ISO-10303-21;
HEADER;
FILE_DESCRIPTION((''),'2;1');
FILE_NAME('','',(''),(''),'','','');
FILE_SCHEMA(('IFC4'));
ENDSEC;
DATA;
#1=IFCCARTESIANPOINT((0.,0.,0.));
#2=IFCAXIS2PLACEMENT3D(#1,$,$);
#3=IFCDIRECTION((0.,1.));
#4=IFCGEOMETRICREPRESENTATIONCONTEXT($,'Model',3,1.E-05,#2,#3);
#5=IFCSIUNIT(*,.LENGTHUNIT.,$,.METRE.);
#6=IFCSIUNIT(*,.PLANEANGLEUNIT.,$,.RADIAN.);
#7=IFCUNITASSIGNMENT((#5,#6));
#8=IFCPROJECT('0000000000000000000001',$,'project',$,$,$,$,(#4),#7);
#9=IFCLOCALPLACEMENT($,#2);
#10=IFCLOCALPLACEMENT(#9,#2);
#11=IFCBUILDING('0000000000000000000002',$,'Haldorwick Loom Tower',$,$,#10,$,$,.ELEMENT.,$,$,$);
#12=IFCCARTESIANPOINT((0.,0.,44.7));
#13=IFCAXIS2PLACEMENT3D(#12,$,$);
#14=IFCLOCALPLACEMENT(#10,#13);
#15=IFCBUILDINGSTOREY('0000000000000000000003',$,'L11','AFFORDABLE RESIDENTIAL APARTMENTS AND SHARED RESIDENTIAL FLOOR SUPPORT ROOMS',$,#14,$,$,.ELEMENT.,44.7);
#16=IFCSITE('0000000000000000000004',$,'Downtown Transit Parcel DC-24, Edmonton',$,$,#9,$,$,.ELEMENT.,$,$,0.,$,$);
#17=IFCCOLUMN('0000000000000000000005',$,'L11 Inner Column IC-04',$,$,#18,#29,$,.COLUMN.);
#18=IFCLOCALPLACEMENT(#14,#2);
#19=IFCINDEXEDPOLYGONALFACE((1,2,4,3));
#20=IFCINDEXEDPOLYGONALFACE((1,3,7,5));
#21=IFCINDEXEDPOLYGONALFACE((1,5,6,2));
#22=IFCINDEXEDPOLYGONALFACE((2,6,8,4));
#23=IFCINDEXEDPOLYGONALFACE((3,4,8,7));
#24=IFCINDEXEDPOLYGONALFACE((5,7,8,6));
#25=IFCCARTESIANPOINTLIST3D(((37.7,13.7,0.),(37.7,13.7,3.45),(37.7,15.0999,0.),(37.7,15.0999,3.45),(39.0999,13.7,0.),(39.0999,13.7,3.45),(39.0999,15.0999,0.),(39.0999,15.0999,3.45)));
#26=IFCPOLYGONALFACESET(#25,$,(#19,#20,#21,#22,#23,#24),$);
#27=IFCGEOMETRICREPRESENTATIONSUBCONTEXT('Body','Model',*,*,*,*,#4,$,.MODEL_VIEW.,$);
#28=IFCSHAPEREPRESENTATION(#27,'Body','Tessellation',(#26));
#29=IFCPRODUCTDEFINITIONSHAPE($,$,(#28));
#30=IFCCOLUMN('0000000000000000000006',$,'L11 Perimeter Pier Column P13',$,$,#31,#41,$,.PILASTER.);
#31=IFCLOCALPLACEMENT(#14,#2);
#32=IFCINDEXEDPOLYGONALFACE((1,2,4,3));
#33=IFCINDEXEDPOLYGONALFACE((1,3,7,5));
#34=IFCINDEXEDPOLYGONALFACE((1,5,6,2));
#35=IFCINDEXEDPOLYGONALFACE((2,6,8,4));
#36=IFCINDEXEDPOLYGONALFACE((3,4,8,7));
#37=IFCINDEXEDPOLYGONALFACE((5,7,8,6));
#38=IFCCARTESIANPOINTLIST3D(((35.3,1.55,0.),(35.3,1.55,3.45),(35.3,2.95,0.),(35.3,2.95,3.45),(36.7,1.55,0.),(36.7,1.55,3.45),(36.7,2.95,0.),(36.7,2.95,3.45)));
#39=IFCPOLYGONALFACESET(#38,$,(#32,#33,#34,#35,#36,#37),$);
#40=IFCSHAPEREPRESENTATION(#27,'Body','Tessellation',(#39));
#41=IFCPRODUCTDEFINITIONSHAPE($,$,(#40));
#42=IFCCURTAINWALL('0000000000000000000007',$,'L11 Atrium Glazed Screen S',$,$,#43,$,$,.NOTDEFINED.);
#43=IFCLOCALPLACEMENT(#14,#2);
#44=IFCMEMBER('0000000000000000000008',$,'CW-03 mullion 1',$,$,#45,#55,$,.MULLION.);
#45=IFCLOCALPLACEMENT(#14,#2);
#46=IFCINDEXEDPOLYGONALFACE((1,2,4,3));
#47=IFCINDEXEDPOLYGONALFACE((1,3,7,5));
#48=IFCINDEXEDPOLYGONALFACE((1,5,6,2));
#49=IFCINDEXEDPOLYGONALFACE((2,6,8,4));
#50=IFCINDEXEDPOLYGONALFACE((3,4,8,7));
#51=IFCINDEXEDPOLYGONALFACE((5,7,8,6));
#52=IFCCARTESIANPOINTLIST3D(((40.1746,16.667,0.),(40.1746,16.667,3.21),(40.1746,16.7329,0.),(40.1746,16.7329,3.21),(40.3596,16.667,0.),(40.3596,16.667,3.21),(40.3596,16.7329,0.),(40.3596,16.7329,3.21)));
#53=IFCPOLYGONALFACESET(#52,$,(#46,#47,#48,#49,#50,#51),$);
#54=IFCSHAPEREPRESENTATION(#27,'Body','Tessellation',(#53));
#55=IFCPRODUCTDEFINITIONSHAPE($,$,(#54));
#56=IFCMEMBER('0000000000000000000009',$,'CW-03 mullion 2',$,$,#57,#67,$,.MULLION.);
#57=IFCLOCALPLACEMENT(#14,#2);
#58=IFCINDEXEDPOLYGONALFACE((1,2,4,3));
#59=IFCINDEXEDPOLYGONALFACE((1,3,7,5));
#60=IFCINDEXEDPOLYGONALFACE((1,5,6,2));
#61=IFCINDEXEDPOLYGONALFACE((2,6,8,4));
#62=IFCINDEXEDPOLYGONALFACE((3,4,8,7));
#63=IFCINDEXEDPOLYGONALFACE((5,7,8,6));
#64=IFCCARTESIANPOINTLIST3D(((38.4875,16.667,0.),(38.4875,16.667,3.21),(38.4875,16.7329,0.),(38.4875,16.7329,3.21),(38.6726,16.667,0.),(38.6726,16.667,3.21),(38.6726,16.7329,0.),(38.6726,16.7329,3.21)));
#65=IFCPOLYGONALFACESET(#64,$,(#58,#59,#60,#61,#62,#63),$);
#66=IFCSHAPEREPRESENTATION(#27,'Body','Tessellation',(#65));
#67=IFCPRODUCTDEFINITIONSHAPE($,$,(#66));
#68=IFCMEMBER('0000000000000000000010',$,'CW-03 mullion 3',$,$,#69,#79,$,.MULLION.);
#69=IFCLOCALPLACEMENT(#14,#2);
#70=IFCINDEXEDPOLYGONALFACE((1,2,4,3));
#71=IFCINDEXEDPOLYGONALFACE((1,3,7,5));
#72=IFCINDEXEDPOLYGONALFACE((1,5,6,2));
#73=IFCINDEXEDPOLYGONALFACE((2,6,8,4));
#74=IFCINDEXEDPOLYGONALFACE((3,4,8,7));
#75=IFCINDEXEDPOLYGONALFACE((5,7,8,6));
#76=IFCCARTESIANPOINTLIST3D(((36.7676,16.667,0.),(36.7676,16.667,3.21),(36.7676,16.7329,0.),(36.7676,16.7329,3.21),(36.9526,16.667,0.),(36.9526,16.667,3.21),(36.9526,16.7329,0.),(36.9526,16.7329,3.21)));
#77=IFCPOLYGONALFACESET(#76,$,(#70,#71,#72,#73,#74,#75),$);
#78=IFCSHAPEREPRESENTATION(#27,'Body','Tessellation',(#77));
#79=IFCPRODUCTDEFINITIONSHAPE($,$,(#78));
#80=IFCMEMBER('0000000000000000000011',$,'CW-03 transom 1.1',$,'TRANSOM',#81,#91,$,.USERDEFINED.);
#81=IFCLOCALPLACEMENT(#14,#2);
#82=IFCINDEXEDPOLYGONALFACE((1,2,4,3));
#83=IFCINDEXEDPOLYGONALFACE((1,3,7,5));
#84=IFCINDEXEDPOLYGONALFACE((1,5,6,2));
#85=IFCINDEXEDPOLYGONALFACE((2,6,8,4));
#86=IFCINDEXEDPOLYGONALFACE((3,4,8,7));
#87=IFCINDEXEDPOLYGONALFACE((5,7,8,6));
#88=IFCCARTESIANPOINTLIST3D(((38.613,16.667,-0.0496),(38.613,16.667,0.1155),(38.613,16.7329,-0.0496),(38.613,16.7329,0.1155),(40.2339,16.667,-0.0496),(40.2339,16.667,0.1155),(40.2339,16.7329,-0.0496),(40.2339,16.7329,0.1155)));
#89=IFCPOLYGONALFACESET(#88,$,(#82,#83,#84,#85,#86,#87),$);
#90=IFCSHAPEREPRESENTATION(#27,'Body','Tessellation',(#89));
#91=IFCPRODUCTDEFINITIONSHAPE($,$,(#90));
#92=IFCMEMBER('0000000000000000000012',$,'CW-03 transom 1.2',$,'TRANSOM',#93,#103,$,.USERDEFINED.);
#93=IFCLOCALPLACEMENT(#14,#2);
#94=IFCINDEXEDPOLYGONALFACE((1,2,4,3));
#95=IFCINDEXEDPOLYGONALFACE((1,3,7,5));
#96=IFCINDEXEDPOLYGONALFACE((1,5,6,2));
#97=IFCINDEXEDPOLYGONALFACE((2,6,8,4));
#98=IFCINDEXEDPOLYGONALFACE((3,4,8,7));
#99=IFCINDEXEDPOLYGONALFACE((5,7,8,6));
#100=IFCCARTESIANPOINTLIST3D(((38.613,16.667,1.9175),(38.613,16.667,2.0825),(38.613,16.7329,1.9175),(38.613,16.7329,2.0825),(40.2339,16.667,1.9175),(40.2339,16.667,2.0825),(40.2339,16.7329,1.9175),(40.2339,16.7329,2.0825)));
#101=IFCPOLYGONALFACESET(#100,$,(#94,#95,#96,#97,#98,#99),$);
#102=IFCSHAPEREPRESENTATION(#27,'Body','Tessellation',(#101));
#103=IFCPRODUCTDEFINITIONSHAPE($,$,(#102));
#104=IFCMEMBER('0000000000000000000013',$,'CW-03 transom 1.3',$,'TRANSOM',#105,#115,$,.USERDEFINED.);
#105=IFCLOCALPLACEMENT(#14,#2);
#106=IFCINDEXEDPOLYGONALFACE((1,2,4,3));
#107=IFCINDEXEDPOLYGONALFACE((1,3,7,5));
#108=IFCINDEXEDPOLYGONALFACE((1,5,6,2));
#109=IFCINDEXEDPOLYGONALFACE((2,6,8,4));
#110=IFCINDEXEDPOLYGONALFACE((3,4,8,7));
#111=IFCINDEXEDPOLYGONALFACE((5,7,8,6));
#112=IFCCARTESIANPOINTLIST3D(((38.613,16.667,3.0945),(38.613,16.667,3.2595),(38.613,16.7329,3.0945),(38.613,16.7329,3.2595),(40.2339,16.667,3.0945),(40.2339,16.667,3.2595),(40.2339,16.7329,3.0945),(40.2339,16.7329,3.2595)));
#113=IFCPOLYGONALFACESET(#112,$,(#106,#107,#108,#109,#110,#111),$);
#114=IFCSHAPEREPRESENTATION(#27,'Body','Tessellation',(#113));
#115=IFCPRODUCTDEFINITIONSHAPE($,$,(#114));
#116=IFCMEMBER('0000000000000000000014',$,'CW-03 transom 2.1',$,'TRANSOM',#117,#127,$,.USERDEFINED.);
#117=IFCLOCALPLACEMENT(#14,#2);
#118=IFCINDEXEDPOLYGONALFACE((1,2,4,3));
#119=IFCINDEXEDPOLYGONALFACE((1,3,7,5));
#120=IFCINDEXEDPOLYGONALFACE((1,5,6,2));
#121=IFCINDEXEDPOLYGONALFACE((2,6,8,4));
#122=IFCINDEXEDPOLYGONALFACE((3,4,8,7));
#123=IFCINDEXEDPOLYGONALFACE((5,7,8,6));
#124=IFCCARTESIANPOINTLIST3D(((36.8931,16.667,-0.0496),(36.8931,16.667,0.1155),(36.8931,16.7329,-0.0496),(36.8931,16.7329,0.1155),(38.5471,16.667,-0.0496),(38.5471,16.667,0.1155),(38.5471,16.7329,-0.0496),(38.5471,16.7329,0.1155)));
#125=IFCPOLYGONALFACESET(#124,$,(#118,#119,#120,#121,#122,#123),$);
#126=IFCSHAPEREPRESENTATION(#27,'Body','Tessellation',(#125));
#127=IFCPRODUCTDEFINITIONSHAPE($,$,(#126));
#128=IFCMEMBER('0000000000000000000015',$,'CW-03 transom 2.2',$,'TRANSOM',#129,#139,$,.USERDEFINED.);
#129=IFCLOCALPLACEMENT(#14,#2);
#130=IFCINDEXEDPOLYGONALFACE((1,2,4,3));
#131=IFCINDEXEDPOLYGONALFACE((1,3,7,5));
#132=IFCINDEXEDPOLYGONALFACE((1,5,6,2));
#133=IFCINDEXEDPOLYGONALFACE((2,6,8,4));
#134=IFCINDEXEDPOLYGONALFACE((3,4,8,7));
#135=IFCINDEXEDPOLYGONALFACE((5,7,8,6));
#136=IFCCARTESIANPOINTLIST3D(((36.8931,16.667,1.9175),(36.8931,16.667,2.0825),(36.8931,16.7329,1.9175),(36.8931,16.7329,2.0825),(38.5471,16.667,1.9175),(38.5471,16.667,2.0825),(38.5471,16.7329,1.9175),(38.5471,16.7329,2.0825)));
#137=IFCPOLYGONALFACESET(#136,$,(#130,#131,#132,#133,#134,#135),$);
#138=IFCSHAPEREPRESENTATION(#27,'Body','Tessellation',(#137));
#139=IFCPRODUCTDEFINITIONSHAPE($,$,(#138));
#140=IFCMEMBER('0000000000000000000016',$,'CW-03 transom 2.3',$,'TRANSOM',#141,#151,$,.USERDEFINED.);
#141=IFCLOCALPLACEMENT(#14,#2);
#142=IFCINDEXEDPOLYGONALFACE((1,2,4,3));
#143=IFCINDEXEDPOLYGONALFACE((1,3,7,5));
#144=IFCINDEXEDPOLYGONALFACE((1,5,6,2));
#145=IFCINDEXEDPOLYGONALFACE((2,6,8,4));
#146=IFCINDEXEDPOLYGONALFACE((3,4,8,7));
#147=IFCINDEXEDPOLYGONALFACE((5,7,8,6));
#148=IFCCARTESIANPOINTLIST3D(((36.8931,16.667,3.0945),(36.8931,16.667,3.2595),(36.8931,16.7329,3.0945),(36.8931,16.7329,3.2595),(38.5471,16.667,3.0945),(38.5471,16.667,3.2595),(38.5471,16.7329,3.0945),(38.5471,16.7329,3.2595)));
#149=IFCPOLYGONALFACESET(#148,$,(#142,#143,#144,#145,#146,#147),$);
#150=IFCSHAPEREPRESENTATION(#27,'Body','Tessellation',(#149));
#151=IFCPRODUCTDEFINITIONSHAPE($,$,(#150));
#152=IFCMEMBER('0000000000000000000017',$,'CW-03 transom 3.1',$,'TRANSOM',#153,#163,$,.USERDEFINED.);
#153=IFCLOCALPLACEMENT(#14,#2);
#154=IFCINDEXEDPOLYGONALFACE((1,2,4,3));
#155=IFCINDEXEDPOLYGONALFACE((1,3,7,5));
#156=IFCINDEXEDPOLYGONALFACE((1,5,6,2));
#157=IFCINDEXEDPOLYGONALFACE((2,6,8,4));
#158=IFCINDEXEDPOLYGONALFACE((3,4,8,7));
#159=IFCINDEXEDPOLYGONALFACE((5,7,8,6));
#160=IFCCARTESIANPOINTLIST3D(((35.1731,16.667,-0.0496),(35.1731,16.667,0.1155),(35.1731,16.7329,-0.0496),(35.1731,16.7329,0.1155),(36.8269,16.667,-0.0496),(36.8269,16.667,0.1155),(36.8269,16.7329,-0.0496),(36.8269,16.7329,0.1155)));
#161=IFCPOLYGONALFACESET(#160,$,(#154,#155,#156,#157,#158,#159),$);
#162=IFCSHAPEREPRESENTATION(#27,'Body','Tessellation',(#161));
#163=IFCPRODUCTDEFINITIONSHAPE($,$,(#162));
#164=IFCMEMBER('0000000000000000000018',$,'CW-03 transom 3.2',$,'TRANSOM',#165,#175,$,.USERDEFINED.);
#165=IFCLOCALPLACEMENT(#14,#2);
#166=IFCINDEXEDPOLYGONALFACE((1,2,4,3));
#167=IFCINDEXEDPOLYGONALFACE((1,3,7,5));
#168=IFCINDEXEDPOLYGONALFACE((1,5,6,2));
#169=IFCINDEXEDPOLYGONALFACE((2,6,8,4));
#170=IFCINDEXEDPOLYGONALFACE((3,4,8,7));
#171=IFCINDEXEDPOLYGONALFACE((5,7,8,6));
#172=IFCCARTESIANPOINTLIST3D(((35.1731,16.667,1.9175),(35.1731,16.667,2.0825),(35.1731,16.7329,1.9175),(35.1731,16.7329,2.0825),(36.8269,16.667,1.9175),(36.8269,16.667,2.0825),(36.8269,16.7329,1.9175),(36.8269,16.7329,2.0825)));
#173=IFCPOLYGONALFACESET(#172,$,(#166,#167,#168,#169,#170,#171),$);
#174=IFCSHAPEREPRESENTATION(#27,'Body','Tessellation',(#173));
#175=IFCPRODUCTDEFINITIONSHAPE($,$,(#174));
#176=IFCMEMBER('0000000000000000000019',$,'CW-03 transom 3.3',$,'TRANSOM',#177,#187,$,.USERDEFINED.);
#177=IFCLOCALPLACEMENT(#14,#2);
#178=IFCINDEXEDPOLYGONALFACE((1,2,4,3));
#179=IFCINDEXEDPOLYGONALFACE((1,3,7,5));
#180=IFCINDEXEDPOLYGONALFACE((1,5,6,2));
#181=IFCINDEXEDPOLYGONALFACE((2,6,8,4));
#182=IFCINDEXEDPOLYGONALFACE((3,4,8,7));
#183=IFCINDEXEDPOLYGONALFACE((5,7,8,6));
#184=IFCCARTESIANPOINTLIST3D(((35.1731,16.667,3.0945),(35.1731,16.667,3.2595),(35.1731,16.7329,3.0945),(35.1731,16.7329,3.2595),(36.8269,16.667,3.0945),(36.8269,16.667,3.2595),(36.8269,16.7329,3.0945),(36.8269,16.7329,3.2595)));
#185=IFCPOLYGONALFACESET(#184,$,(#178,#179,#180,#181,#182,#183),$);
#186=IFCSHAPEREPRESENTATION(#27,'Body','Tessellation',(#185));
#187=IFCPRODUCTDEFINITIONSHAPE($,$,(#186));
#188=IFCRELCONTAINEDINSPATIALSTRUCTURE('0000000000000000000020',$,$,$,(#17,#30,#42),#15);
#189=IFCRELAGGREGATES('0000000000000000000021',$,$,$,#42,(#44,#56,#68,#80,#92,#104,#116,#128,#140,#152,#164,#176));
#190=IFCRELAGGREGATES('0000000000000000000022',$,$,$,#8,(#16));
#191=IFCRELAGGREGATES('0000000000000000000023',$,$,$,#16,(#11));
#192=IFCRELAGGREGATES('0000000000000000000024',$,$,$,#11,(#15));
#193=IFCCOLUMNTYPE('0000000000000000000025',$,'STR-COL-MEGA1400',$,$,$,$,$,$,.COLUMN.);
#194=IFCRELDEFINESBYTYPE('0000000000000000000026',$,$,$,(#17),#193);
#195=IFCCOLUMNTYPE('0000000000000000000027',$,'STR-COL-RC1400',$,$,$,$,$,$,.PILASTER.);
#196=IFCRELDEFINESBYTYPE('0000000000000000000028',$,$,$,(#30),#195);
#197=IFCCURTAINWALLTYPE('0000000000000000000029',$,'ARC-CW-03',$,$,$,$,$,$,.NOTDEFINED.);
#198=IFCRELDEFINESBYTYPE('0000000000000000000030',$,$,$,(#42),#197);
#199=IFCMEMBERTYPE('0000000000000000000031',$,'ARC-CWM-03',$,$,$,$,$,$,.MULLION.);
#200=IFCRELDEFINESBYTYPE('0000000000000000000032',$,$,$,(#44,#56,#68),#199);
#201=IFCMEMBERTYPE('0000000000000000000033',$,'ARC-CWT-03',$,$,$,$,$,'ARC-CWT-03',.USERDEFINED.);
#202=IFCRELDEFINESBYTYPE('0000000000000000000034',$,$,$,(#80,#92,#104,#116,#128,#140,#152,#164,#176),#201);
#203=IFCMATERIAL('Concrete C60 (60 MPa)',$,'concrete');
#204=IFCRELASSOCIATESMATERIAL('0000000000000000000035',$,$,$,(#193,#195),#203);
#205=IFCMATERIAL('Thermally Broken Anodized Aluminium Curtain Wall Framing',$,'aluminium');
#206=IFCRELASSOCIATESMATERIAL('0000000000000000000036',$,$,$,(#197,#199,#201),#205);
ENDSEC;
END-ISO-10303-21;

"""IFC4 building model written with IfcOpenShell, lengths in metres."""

from ifc_helpers import new_model, si_unit, direction, frame, origin, origin_2d, place, context, subcontext, project, spatial, rectangle, extrude, material, material_profile, profile_set, type_object, element, aggregate, save


model = new_model("IFC4")

# Units and contexts
model_context = context("Model", 3, precision=1e-05, world=origin(), true_north=direction((0.0, 1.0)))
body_context = subcontext(model_context, "Body", "Model", "MODEL_VIEW")
ifc_project = project(units=[si_unit("LENGTHUNIT", "METRE"), si_unit("PLANEANGLEUNIT", "RADIAN")], contexts=[model_context])

# Site, building, storey
site_placement = place(None, origin())
site = spatial("IfcSite", under=ifc_project, at=site_placement, Name="Downtown Transit Parcel DC-24, Edmonton", CompositionType="ELEMENT", RefElevation=0.0)
building_placement = place(site_placement, origin())
building = spatial("IfcBuilding", under=site, at=building_placement, Name="Haldorwick Loom Tower", CompositionType="ELEMENT")
storey_placement = place(building_placement, frame((0.0, 0.0, 44.7)))
storey = spatial("IfcBuildingStorey", under=building, at=storey_placement, Name="L11", Description="AFFORDABLE RESIDENTIAL APARTMENTS AND SHARED RESIDENTIAL FLOOR SUPPORT ROOMS", CompositionType="ELEMENT", Elevation=44.7)

# Columns
ifc_material_1 = material(Name="Concrete C60 (60 MPa)", Category="concrete")
ifc_material_profile_1 = material_profile(ifc_material_1, rectangle(XDim=1.3999, YDim=1.3999, at=origin_2d()), Name="RC1400X1400", Category="concrete")
ifc_profile_set_1 = profile_set([ifc_material_profile_1], Name="Concrete C60 (60 MPa)")
column_type_1 = type_object("IfcColumnType", Name="STR-COL-MEGA1400", PredefinedType="COLUMN", material=ifc_profile_set_1)
column_1_placement = place(storey_placement, frame((38.3999, 14.3999, 0.0), z_axis=(0.0, 0.0, 1.0), x_axis=(1.0, 0.0, 0.0)))
element("IfcColumn", 1, at=column_1_placement, inside=storey, type_object=column_type_1, Name="L11 Inner Column IC-04", PredefinedType="COLUMN", context=body_context, shape_type="SweptSolid", body=[
    extrude(rectangle(XDim=1.3999, YDim=1.3999, at=origin_2d()), origin(), (0.0, 0.0, 1.0), 3.45),
])
ifc_material_profile_2 = material_profile(ifc_material_1, rectangle(XDim=1.3999, YDim=1.3999, at=origin_2d()), Name="RC1400X1400", Category="concrete")
ifc_profile_set_2 = profile_set([ifc_material_profile_2], Name="Concrete C60 (60 MPa)")
column_type_2 = type_object("IfcColumnType", Name="STR-COL-RC1400", PredefinedType="PILASTER", material=ifc_profile_set_2)
column_2_placement = place(storey_placement, frame((36.0, 2.25, 0.0), z_axis=(0.0, 0.0, 1.0), x_axis=(0.0, -1.0, 0.0)))
element("IfcColumn", 2, at=column_2_placement, inside=storey, type_object=column_type_2, Name="L11 Perimeter Pier Column P13", PredefinedType="PILASTER", context=body_context, shape_type="SweptSolid", body=[
    extrude(rectangle(XDim=1.3999, YDim=1.3999, at=origin_2d()), origin(), (0.0, 0.0, 1.0), 3.45),
])

# Curtain wall, members
ifc_material_2 = material(Name="Thermally Broken Anodized Aluminium Curtain Wall Framing", Category="aluminium")
curtain_wall_type = type_object("IfcCurtainWallType", Name="ARC-CW-03", PredefinedType="NOTDEFINED", material=ifc_material_2)
curtain_wall_placement = place(storey_placement, origin())
curtain_wall = element("IfcCurtainWall", 3, at=curtain_wall_placement, inside=storey, type_object=curtain_wall_type, Name="L11 Atrium Glazed Screen S", PredefinedType="NOTDEFINED")
ifc_material_profile_3 = material_profile(ifc_material_2, rectangle(XDim=0.0659, YDim=0.1851, at=origin_2d()), Name="ALU_MUL_66X185", Category="aluminium")
ifc_profile_set_3 = profile_set([ifc_material_profile_3], Name="Thermally Broken Anodized Aluminium Curtain Wall Framing")
member_type_1 = type_object("IfcMemberType", Name="ARC-CWM-03", PredefinedType="MULLION", material=ifc_profile_set_3)
member_1_placement = place(storey_placement, frame((40.2671, 16.7, 0.0), z_axis=(0.0, 0.0, 1.0), x_axis=(0.0, -1.0, 0.0)))
member_1 = element("IfcMember", 4, at=member_1_placement, type_object=member_type_1, Name="CW-03 mullion 1", PredefinedType="MULLION", context=body_context, shape_type="SweptSolid", body=[
    extrude(rectangle(XDim=0.0659, YDim=0.1851, at=origin_2d()), origin(), (0.0, 0.0, 1.0), 3.21),
])
member_2_placement = place(storey_placement, frame((38.5801, 16.7, 0.0), z_axis=(0.0, 0.0, 1.0), x_axis=(0.0, -1.0, 0.0)))
member_2 = element("IfcMember", 5, at=member_2_placement, type_object=member_type_1, Name="CW-03 mullion 2", PredefinedType="MULLION", context=body_context, shape_type="SweptSolid", body=[
    extrude(rectangle(XDim=0.0659, YDim=0.1851, at=origin_2d()), origin(), (0.0, 0.0, 1.0), 3.21),
])
member_3_placement = place(storey_placement, frame((36.8601, 16.7, 0.0), z_axis=(0.0, 0.0, 1.0), x_axis=(0.0, -1.0, 0.0)))
member_3 = element("IfcMember", 6, at=member_3_placement, type_object=member_type_1, Name="CW-03 mullion 3", PredefinedType="MULLION", context=body_context, shape_type="SweptSolid", body=[
    extrude(rectangle(XDim=0.0659, YDim=0.1851, at=origin_2d()), origin(), (0.0, 0.0, 1.0), 3.21),
])
ifc_material_profile_4 = material_profile(ifc_material_2, rectangle(XDim=0.0659, YDim=0.165, at=origin_2d()), Name="ALU_TRN_66X165", Category="aluminium")
ifc_profile_set_4 = profile_set([ifc_material_profile_4], Name="Thermally Broken Anodized Aluminium Curtain Wall Framing")
member_type_2 = type_object("IfcMemberType", Name="ARC-CWT-03", ElementType="ARC-CWT-03", PredefinedType="USERDEFINED", material=ifc_profile_set_4)
member_4_placement = place(storey_placement, frame((40.2339, 16.7, 0.033), z_axis=(-1.0, 0.0, 0.0), x_axis=(0.0, -1.0, 0.0)))
member_4 = element("IfcMember", 7, at=member_4_placement, type_object=member_type_2, Name="CW-03 transom 1.1", ObjectType="TRANSOM", PredefinedType="USERDEFINED", context=body_context, shape_type="SweptSolid", body=[
    extrude(rectangle(XDim=0.0659, YDim=0.165, at=origin_2d()), origin(), (0.0, 0.0, 1.0), 1.6208),
])
member_5_placement = place(storey_placement, frame((40.2339, 16.7, 2.0), z_axis=(-1.0, 0.0, 0.0), x_axis=(0.0, -1.0, 0.0)))
member_5 = element("IfcMember", 8, at=member_5_placement, type_object=member_type_2, Name="CW-03 transom 1.2", ObjectType="TRANSOM", PredefinedType="USERDEFINED", context=body_context, shape_type="SweptSolid", body=[
    extrude(rectangle(XDim=0.0659, YDim=0.165, at=origin_2d()), origin(), (0.0, 0.0, 1.0), 1.6208),
])
member_6_placement = place(storey_placement, frame((40.2339, 16.7, 3.177), z_axis=(-1.0, 0.0, 0.0), x_axis=(0.0, -1.0, 0.0)))
member_6 = element("IfcMember", 9, at=member_6_placement, type_object=member_type_2, Name="CW-03 transom 1.3", ObjectType="TRANSOM", PredefinedType="USERDEFINED", context=body_context, shape_type="SweptSolid", body=[
    extrude(rectangle(XDim=0.0659, YDim=0.165, at=origin_2d()), origin(), (0.0, 0.0, 1.0), 1.6208),
])
member_7_placement = place(storey_placement, frame((38.5471, 16.7, 0.033), z_axis=(-1.0, 0.0, 0.0), x_axis=(0.0, -1.0, 0.0)))
member_7 = element("IfcMember", 10, at=member_7_placement, type_object=member_type_2, Name="CW-03 transom 2.1", ObjectType="TRANSOM", PredefinedType="USERDEFINED", context=body_context, shape_type="SweptSolid", body=[
    extrude(rectangle(XDim=0.0659, YDim=0.165, at=origin_2d()), origin(), (0.0, 0.0, 1.0), 1.6541),
])
member_8_placement = place(storey_placement, frame((38.5471, 16.7, 2.0), z_axis=(-1.0, 0.0, 0.0), x_axis=(0.0, -1.0, 0.0)))
member_8 = element("IfcMember", 11, at=member_8_placement, type_object=member_type_2, Name="CW-03 transom 2.2", ObjectType="TRANSOM", PredefinedType="USERDEFINED", context=body_context, shape_type="SweptSolid", body=[
    extrude(rectangle(XDim=0.0659, YDim=0.165, at=origin_2d()), origin(), (0.0, 0.0, 1.0), 1.6541),
])
member_9_placement = place(storey_placement, frame((38.5471, 16.7, 3.177), z_axis=(-1.0, 0.0, 0.0), x_axis=(0.0, -1.0, 0.0)))
member_9 = element("IfcMember", 12, at=member_9_placement, type_object=member_type_2, Name="CW-03 transom 2.3", ObjectType="TRANSOM", PredefinedType="USERDEFINED", context=body_context, shape_type="SweptSolid", body=[
    extrude(rectangle(XDim=0.0659, YDim=0.165, at=origin_2d()), origin(), (0.0, 0.0, 1.0), 1.6541),
])
member_10_placement = place(storey_placement, frame((36.8269, 16.7, 0.033), z_axis=(-1.0, 0.0, 0.0), x_axis=(0.0, -1.0, 0.0)))
member_10 = element("IfcMember", 13, at=member_10_placement, type_object=member_type_2, Name="CW-03 transom 3.1", ObjectType="TRANSOM", PredefinedType="USERDEFINED", context=body_context, shape_type="SweptSolid", body=[
    extrude(rectangle(XDim=0.0659, YDim=0.165, at=origin_2d()), origin(), (0.0, 0.0, 1.0), 1.6538),
])
member_11_placement = place(storey_placement, frame((36.8269, 16.7, 2.0), z_axis=(-1.0, 0.0, 0.0), x_axis=(0.0, -1.0, 0.0)))
member_11 = element("IfcMember", 14, at=member_11_placement, type_object=member_type_2, Name="CW-03 transom 3.2", ObjectType="TRANSOM", PredefinedType="USERDEFINED", context=body_context, shape_type="SweptSolid", body=[
    extrude(rectangle(XDim=0.0659, YDim=0.165, at=origin_2d()), origin(), (0.0, 0.0, 1.0), 1.6538),
])
member_12_placement = place(storey_placement, frame((36.8269, 16.7, 3.177), z_axis=(-1.0, 0.0, 0.0), x_axis=(0.0, -1.0, 0.0)))
member_12 = element("IfcMember", 15, at=member_12_placement, type_object=member_type_2, Name="CW-03 transom 3.3", ObjectType="TRANSOM", PredefinedType="USERDEFINED", context=body_context, shape_type="SweptSolid", body=[
    extrude(rectangle(XDim=0.0659, YDim=0.165, at=origin_2d()), origin(), (0.0, 0.0, 1.0), 1.6538),
])

aggregate(curtain_wall, [member_1, member_2, member_3, member_4, member_5, member_6, member_7, member_8, member_9, member_10, member_11, member_12])

save(model, "model.ifc")
